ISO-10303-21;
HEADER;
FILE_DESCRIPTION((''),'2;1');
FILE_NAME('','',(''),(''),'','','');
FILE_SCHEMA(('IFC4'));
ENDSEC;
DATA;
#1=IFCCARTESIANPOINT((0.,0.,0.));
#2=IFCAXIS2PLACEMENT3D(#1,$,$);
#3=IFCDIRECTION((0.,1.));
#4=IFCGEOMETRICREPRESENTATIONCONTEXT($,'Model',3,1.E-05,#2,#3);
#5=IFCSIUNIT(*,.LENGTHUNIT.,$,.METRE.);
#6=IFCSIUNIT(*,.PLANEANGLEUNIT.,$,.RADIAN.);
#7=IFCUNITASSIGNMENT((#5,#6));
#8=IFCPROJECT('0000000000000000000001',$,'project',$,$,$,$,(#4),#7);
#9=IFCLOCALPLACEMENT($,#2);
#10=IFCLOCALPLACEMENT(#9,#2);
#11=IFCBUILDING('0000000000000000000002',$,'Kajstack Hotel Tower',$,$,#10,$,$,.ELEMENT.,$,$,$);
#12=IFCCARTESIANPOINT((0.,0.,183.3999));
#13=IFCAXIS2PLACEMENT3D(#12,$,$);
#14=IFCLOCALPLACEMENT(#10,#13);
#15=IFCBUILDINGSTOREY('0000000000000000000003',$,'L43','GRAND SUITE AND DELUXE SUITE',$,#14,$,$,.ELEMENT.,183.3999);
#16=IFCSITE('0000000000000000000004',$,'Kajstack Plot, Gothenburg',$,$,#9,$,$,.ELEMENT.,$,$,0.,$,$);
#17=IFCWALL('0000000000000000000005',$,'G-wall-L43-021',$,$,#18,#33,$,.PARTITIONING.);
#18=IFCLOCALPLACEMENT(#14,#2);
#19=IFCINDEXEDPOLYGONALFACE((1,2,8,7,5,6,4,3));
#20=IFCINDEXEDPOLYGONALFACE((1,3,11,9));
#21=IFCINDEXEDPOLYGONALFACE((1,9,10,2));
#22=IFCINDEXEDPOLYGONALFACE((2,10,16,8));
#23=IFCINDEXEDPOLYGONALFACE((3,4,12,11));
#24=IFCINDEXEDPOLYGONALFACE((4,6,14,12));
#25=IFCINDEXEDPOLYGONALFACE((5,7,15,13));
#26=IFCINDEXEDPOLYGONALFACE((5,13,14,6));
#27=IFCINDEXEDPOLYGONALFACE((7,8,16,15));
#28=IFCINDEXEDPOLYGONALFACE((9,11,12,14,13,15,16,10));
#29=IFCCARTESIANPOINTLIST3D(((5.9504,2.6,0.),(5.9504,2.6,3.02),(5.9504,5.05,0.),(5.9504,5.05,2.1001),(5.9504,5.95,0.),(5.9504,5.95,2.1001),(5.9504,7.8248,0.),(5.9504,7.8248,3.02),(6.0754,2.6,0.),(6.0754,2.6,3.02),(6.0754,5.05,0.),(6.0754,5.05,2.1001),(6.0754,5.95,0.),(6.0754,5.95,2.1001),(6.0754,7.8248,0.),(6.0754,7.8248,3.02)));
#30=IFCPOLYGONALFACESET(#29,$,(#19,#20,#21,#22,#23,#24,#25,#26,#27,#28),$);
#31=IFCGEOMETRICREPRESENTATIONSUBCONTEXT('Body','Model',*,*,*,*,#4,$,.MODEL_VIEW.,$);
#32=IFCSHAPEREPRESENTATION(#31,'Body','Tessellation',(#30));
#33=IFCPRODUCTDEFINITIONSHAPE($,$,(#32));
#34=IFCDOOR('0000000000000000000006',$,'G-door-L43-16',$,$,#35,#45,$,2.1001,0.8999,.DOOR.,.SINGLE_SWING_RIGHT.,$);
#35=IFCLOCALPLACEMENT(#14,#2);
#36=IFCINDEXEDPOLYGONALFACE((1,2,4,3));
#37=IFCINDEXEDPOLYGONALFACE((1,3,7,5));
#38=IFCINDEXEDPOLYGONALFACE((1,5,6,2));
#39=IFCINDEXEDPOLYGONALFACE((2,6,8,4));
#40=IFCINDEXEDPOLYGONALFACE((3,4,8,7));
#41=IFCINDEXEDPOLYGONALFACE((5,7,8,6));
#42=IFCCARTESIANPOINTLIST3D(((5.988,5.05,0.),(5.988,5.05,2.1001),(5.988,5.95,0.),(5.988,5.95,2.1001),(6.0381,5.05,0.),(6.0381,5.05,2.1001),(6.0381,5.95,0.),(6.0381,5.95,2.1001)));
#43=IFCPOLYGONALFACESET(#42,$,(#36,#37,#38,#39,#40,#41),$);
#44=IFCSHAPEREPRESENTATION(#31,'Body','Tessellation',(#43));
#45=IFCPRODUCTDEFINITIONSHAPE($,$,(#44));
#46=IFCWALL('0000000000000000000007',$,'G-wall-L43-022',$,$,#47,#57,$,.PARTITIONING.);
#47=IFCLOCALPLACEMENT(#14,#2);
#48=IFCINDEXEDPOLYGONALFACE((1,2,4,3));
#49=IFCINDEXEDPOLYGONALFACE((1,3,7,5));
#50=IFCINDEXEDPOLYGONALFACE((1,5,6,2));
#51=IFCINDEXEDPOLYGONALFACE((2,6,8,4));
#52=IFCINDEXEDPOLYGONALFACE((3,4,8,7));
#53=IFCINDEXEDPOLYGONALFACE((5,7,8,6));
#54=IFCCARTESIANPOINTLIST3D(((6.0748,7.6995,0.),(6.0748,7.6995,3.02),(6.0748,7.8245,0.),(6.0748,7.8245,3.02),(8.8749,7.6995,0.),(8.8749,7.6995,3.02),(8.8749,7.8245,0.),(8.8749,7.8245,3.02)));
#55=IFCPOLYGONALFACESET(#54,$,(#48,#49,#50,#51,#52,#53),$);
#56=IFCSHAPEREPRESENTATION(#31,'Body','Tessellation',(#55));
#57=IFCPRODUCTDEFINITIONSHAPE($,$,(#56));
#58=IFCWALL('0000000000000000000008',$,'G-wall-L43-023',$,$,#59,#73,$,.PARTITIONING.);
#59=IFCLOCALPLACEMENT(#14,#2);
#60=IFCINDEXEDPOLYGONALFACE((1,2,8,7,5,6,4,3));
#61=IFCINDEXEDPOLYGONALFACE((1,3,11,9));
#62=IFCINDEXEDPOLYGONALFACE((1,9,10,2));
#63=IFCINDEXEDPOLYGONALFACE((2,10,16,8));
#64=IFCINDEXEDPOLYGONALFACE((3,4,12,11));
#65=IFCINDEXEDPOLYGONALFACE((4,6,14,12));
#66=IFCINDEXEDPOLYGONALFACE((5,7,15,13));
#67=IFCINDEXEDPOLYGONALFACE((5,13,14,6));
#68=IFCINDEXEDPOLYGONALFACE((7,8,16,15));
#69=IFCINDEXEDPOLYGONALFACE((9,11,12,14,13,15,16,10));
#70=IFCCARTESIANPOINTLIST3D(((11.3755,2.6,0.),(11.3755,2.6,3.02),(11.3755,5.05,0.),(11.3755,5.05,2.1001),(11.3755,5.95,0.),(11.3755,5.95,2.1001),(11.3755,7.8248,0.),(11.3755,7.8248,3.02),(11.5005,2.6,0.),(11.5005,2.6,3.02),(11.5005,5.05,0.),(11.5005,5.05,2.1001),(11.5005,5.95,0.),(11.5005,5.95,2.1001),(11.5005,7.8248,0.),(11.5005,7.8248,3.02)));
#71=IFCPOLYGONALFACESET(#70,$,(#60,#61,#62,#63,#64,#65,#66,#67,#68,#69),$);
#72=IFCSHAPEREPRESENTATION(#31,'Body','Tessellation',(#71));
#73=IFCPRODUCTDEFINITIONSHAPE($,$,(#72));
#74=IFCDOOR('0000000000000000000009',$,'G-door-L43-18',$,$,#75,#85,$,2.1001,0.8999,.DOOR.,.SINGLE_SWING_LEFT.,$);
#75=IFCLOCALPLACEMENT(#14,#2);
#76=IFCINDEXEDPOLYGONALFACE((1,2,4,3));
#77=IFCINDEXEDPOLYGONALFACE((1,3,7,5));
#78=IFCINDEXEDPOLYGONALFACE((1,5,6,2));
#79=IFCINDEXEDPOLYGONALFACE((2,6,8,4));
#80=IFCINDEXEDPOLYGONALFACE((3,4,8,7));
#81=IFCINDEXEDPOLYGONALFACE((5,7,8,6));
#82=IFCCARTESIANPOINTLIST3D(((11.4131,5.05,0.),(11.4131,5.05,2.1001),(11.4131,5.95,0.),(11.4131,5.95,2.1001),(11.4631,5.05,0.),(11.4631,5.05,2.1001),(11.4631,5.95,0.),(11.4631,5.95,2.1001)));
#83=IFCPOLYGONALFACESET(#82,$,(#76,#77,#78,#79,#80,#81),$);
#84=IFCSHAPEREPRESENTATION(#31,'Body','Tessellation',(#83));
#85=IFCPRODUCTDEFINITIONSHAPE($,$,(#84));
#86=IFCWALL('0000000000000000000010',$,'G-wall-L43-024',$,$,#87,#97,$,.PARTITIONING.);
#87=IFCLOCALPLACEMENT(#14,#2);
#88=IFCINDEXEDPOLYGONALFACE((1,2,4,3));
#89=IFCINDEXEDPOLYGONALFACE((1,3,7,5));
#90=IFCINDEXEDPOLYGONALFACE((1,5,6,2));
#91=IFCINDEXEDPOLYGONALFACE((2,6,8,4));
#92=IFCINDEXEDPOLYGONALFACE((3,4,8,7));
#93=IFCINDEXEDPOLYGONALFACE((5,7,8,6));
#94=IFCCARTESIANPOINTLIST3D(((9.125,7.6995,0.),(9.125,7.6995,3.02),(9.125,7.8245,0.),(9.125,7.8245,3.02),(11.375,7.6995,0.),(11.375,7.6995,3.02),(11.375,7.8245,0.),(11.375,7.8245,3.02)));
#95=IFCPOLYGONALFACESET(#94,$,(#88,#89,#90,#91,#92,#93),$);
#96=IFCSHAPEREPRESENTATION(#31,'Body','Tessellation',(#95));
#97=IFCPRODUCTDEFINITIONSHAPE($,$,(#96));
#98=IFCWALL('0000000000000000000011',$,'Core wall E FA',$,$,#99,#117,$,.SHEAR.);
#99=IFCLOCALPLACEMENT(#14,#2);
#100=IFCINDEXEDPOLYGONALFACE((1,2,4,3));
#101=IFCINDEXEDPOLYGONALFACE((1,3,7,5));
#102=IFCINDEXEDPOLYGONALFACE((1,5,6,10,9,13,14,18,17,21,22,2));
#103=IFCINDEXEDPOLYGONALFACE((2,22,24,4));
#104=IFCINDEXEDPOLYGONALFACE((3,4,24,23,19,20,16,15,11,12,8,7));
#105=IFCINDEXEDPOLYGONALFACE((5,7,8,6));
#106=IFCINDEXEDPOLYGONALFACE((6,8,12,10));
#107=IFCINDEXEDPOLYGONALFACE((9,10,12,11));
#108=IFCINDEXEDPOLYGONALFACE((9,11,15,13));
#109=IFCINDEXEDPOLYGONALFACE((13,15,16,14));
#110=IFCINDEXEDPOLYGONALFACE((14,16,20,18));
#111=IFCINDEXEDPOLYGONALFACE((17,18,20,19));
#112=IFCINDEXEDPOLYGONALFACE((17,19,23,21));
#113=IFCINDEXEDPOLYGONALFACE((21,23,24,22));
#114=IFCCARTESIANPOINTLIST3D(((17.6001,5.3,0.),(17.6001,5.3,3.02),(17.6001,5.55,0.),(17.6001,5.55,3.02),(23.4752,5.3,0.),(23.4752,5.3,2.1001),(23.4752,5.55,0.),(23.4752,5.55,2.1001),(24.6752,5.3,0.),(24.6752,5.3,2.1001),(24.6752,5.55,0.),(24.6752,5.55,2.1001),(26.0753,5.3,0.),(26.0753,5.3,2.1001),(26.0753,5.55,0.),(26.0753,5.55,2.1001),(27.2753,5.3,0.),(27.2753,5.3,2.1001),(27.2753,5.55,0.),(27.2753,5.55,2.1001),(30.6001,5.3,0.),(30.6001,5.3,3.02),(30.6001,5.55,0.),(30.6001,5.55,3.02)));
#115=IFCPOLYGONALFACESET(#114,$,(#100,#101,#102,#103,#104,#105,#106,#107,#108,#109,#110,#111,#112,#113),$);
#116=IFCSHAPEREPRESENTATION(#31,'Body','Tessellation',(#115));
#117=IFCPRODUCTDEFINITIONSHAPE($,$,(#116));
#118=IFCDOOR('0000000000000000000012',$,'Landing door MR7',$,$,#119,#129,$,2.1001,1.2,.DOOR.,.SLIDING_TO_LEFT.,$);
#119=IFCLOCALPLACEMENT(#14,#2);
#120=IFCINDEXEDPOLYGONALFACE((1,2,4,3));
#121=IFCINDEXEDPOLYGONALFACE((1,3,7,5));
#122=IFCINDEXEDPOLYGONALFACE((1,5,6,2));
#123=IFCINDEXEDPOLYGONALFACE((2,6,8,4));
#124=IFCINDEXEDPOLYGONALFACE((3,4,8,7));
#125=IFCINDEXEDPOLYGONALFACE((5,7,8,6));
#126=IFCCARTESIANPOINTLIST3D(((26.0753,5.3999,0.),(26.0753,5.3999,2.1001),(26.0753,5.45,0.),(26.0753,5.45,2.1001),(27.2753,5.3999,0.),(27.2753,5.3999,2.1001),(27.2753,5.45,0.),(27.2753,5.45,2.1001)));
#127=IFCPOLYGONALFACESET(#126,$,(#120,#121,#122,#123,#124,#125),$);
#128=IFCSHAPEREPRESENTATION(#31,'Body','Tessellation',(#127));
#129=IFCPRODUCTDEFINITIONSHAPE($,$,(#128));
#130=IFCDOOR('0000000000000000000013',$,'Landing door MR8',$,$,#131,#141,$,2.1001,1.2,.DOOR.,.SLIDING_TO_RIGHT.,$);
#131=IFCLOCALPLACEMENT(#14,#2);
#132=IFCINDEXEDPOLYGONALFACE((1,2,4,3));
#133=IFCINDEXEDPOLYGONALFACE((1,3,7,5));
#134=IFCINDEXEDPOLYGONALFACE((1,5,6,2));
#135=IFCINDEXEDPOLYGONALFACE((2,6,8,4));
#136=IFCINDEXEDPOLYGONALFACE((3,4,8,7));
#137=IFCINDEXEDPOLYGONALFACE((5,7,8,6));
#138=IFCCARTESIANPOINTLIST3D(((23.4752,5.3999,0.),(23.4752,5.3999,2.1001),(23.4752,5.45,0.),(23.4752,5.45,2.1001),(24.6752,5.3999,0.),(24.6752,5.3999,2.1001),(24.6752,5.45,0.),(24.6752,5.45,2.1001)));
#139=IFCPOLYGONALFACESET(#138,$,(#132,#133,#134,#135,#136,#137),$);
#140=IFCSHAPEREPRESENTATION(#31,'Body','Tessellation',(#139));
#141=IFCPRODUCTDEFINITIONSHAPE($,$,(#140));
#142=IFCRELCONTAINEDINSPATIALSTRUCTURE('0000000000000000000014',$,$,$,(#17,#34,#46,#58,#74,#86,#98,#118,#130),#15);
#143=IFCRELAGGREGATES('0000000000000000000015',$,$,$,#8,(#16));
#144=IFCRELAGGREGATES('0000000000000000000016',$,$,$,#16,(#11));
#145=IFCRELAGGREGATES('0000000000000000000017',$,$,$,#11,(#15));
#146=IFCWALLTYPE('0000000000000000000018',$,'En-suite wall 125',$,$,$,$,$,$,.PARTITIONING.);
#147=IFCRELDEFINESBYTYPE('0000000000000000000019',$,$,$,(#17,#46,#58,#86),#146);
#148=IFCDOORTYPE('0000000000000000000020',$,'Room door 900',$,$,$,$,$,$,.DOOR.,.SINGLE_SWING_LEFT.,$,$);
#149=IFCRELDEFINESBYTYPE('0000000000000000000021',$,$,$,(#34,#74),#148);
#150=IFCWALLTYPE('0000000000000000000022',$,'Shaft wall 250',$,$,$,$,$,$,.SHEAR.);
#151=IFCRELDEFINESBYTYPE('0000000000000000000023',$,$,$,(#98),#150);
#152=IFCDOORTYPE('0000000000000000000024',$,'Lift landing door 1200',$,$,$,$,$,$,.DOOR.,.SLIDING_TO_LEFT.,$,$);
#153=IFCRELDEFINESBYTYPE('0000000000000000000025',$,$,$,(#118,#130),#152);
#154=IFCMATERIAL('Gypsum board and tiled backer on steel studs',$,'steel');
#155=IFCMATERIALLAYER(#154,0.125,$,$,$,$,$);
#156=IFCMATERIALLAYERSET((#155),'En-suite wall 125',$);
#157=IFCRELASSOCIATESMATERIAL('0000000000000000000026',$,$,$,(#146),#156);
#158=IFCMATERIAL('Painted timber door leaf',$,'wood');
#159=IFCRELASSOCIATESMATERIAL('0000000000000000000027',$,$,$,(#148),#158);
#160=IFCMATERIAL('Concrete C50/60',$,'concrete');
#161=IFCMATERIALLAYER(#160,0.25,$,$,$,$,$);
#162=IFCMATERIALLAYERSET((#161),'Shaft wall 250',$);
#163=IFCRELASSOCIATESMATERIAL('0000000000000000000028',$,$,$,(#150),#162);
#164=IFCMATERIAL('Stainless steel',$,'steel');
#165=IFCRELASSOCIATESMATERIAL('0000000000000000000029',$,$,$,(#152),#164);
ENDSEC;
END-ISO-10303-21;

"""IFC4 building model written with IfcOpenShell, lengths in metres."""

from ifc_helpers import new_model, si_unit, direction, frame, frame_2d, origin, place, context, subcontext, project, spatial, rectangle, extrude, material, layer, layer_set, type_object, element, fill, save


model = new_model("IFC4")

# Units and contexts
model_context = context("Model", 3, precision=1e-05, world=origin(), true_north=direction((0.0, 1.0)))
body_context = subcontext(model_context, "Body", "Model", "MODEL_VIEW")
ifc_project = project(units=[si_unit("LENGTHUNIT", "METRE"), si_unit("PLANEANGLEUNIT", "RADIAN")], contexts=[model_context])

# Site, building, storey
site_placement = place(None, origin())
site = spatial("IfcSite", under=ifc_project, at=site_placement, Name="Kajstack Plot, Gothenburg", CompositionType="ELEMENT", RefElevation=0.0)
building_placement = place(site_placement, origin())
building = spatial("IfcBuilding", under=site, at=building_placement, Name="Kajstack Hotel Tower", CompositionType="ELEMENT")
storey_placement = place(building_placement, frame((0.0, 0.0, 183.3999)))
storey = spatial("IfcBuildingStorey", under=building, at=storey_placement, Name="L43", Description="GRAND SUITE AND DELUXE SUITE", CompositionType="ELEMENT", Elevation=183.3999)

# Wall, opening, door
ifc_material_1 = material(Name="Gypsum board and tiled backer on steel studs", Category="steel")
ifc_layer_1 = layer(ifc_material_1, 0.125)
ifc_layer_set_1 = layer_set([ifc_layer_1], Name="En-suite wall 125")
wall_type_1 = type_object("IfcWallType", Name="En-suite wall 125", PredefinedType="PARTITIONING", material=ifc_layer_set_1)
wall_1_placement = place(storey_placement, frame((6.0129, 2.6001, 0.0), z_axis=(0.0, 0.0, 1.0), x_axis=(0.0, 1.0, 0.0)))
wall_1 = element("IfcWall", 1, at=wall_1_placement, inside=storey, type_object=wall_type_1, Name="G-wall-L43-021", PredefinedType="PARTITIONING", context=body_context, shape_type="SweptSolid", body=[
    extrude(rectangle(XDim=5.2249, YDim=0.125, at=frame_2d((2.6123, 0.0))), origin(), (0.0, 0.0, 1.0), 3.02),
])
opening_1_placement = place(wall_1_placement, frame((2.45, 0.0, 0.0)))
opening_1 = element("IfcOpeningElement", 2, at=opening_1_placement, cuts=wall_1, PredefinedType="OPENING", context=body_context, shape_type="SweptSolid", body=[
    extrude(rectangle(XDim=0.8999, YDim=2.1001, at=frame_2d((0.45, 1.05))), frame((0.0, 0.0725, 0.0), z_axis=(0.0, -1.0, 0.0), x_axis=(1.0, 0.0, 0.0)), (0.0, 0.0, 1.0), 0.145),
])
ifc_material_2 = material(Name="Painted timber door leaf", Category="wood")
door_type_1 = type_object("IfcDoorType", Name="Room door 900", OperationType="SINGLE_SWING_LEFT", PredefinedType="DOOR", material=ifc_material_2)
door_1_placement = place(opening_1_placement, origin())
door_1 = element("IfcDoor", 3, at=door_1_placement, inside=storey, type_object=door_type_1, Name="G-door-L43-16", OperationType="SINGLE_SWING_RIGHT", OverallHeight=2.1001, OverallWidth=0.8999, PredefinedType="DOOR", context=body_context, shape_type="SweptSolid", body=[
    extrude(rectangle(XDim=0.8999, YDim=2.1001, at=frame_2d((0.45, 1.05))), frame((0.0, 0.0249, 0.0), z_axis=(0.0, -1.0, 0.0), x_axis=(1.0, 0.0, 0.0)), (0.0, 0.0, 1.0), 0.05),
])
fill(opening_1, door_1)

# Wall
wall_2_placement = place(storey_placement, frame((6.075, 7.762, 0.0), z_axis=(0.0, 0.0, 1.0), x_axis=(1.0, 0.0, 0.0)))
element("IfcWall", 4, at=wall_2_placement, inside=storey, type_object=wall_type_1, Name="G-wall-L43-022", PredefinedType="PARTITIONING", context=body_context, shape_type="SweptSolid", body=[
    extrude(rectangle(XDim=2.8, YDim=0.125, at=frame_2d((1.3999, 0.0))), origin(), (0.0, 0.0, 1.0), 3.02),
])

# Wall, opening, door
wall_3_placement = place(storey_placement, frame((11.438, 2.6001, 0.0), z_axis=(0.0, 0.0, 1.0), x_axis=(0.0, 1.0, 0.0)))
wall_3 = element("IfcWall", 5, at=wall_3_placement, inside=storey, type_object=wall_type_1, Name="G-wall-L43-023", PredefinedType="PARTITIONING", context=body_context, shape_type="SweptSolid", body=[
    extrude(rectangle(XDim=5.2249, YDim=0.125, at=frame_2d((2.6123, 0.0))), origin(), (0.0, 0.0, 1.0), 3.02),
])
opening_2_placement = place(wall_3_placement, frame((2.45, 0.0, 0.0)))
opening_2 = element("IfcOpeningElement", 6, at=opening_2_placement, cuts=wall_3, PredefinedType="OPENING", context=body_context, shape_type="SweptSolid", body=[
    extrude(rectangle(XDim=0.8999, YDim=2.1001, at=frame_2d((0.45, 1.05))), frame((0.0, 0.0725, 0.0), z_axis=(0.0, -1.0, 0.0), x_axis=(1.0, 0.0, 0.0)), (0.0, 0.0, 1.0), 0.145),
])
door_2_placement = place(opening_2_placement, origin())
door_2 = element("IfcDoor", 7, at=door_2_placement, inside=storey, type_object=door_type_1, Name="G-door-L43-18", OperationType="SINGLE_SWING_LEFT", OverallHeight=2.1001, OverallWidth=0.8999, PredefinedType="DOOR", context=body_context, shape_type="SweptSolid", body=[
    extrude(rectangle(XDim=0.8999, YDim=2.1001, at=frame_2d((0.45, 1.05))), frame((0.0, 0.0249, 0.0), z_axis=(0.0, -1.0, 0.0), x_axis=(1.0, 0.0, 0.0)), (0.0, 0.0, 1.0), 0.05),
])
fill(opening_2, door_2)

# Wall
wall_4_placement = place(storey_placement, frame((9.125, 7.762, 0.0), z_axis=(0.0, 0.0, 1.0), x_axis=(1.0, 0.0, 0.0)))
element("IfcWall", 8, at=wall_4_placement, inside=storey, type_object=wall_type_1, Name="G-wall-L43-024", PredefinedType="PARTITIONING", context=body_context, shape_type="SweptSolid", body=[
    extrude(rectangle(XDim=2.25, YDim=0.125, at=frame_2d((1.125, 0.0))), origin(), (0.0, 0.0, 1.0), 3.02),
])

# Wall, openings, doors
ifc_material_3 = material(Name="Concrete C50/60", Category="concrete")
ifc_layer_2 = layer(ifc_material_3, 0.25)
ifc_layer_set_2 = layer_set([ifc_layer_2], Name="Shaft wall 250")
wall_type_2 = type_object("IfcWallType", Name="Shaft wall 250", PredefinedType="SHEAR", material=ifc_layer_set_2)
wall_5_placement = place(storey_placement, frame((17.6001, 5.425, 0.0), z_axis=(0.0, 0.0, 1.0), x_axis=(1.0, 0.0, 0.0)))
wall_5 = element("IfcWall", 9, at=wall_5_placement, inside=storey, type_object=wall_type_2, Name="Core wall E FA", PredefinedType="SHEAR", context=body_context, shape_type="SweptSolid", body=[
    extrude(rectangle(XDim=13.0, YDim=0.25, at=frame_2d((6.5, 0.0))), origin(), (0.0, 0.0, 1.0), 3.02),
])
opening_3_placement = place(wall_5_placement, frame((8.4751, 0.0, 0.0)))
opening_3 = element("IfcOpeningElement", 10, at=opening_3_placement, cuts=wall_5, PredefinedType="OPENING", context=body_context, shape_type="SweptSolid", body=[
    extrude(rectangle(XDim=1.2, YDim=2.1001, at=frame_2d((0.6001, 1.05))), frame((0.0, 0.135, 0.0), z_axis=(0.0, -1.0, 0.0), x_axis=(1.0, 0.0, 0.0)), (0.0, 0.0, 1.0), 0.27),
])
opening_4_placement = place(wall_5_placement, frame((5.875, 0.0, 0.0)))
opening_4 = element("IfcOpeningElement", 11, at=opening_4_placement, cuts=wall_5, PredefinedType="OPENING", context=body_context, shape_type="SweptSolid", body=[
    extrude(rectangle(XDim=1.2, YDim=2.1001, at=frame_2d((0.6001, 1.05))), frame((0.0, 0.135, 0.0), z_axis=(0.0, -1.0, 0.0), x_axis=(1.0, 0.0, 0.0)), (0.0, 0.0, 1.0), 0.27),
])
ifc_material_4 = material(Name="Stainless steel", Category="steel")
door_type_2 = type_object("IfcDoorType", Name="Lift landing door 1200", OperationType="SLIDING_TO_LEFT", PredefinedType="DOOR", material=ifc_material_4)
door_3_placement = place(opening_3_placement, origin())
door_3 = element("IfcDoor", 12, at=door_3_placement, inside=storey, type_object=door_type_2, Name="Landing door MR7", OperationType="SLIDING_TO_LEFT", OverallHeight=2.1001, OverallWidth=1.2, PredefinedType="DOOR", context=body_context, shape_type="SweptSolid", body=[
    extrude(rectangle(XDim=1.2, YDim=2.1001, at=frame_2d((0.6001, 1.05))), frame((0.0, 0.0249, 0.0), z_axis=(0.0, -1.0, 0.0), x_axis=(1.0, 0.0, 0.0)), (0.0, 0.0, 1.0), 0.05),
])
fill(opening_3, door_3)
door_4_placement = place(opening_4_placement, origin())
door_4 = element("IfcDoor", 13, at=door_4_placement, inside=storey, type_object=door_type_2, Name="Landing door MR8", OperationType="SLIDING_TO_RIGHT", OverallHeight=2.1001, OverallWidth=1.2, PredefinedType="DOOR", context=body_context, shape_type="SweptSolid", body=[
    extrude(rectangle(XDim=1.2, YDim=2.1001, at=frame_2d((0.6001, 1.05))), frame((0.0, 0.0249, 0.0), z_axis=(0.0, -1.0, 0.0), x_axis=(1.0, 0.0, 0.0)), (0.0, 0.0, 1.0), 0.05),
])
fill(opening_4, door_4)

save(model, "model.ifc")
